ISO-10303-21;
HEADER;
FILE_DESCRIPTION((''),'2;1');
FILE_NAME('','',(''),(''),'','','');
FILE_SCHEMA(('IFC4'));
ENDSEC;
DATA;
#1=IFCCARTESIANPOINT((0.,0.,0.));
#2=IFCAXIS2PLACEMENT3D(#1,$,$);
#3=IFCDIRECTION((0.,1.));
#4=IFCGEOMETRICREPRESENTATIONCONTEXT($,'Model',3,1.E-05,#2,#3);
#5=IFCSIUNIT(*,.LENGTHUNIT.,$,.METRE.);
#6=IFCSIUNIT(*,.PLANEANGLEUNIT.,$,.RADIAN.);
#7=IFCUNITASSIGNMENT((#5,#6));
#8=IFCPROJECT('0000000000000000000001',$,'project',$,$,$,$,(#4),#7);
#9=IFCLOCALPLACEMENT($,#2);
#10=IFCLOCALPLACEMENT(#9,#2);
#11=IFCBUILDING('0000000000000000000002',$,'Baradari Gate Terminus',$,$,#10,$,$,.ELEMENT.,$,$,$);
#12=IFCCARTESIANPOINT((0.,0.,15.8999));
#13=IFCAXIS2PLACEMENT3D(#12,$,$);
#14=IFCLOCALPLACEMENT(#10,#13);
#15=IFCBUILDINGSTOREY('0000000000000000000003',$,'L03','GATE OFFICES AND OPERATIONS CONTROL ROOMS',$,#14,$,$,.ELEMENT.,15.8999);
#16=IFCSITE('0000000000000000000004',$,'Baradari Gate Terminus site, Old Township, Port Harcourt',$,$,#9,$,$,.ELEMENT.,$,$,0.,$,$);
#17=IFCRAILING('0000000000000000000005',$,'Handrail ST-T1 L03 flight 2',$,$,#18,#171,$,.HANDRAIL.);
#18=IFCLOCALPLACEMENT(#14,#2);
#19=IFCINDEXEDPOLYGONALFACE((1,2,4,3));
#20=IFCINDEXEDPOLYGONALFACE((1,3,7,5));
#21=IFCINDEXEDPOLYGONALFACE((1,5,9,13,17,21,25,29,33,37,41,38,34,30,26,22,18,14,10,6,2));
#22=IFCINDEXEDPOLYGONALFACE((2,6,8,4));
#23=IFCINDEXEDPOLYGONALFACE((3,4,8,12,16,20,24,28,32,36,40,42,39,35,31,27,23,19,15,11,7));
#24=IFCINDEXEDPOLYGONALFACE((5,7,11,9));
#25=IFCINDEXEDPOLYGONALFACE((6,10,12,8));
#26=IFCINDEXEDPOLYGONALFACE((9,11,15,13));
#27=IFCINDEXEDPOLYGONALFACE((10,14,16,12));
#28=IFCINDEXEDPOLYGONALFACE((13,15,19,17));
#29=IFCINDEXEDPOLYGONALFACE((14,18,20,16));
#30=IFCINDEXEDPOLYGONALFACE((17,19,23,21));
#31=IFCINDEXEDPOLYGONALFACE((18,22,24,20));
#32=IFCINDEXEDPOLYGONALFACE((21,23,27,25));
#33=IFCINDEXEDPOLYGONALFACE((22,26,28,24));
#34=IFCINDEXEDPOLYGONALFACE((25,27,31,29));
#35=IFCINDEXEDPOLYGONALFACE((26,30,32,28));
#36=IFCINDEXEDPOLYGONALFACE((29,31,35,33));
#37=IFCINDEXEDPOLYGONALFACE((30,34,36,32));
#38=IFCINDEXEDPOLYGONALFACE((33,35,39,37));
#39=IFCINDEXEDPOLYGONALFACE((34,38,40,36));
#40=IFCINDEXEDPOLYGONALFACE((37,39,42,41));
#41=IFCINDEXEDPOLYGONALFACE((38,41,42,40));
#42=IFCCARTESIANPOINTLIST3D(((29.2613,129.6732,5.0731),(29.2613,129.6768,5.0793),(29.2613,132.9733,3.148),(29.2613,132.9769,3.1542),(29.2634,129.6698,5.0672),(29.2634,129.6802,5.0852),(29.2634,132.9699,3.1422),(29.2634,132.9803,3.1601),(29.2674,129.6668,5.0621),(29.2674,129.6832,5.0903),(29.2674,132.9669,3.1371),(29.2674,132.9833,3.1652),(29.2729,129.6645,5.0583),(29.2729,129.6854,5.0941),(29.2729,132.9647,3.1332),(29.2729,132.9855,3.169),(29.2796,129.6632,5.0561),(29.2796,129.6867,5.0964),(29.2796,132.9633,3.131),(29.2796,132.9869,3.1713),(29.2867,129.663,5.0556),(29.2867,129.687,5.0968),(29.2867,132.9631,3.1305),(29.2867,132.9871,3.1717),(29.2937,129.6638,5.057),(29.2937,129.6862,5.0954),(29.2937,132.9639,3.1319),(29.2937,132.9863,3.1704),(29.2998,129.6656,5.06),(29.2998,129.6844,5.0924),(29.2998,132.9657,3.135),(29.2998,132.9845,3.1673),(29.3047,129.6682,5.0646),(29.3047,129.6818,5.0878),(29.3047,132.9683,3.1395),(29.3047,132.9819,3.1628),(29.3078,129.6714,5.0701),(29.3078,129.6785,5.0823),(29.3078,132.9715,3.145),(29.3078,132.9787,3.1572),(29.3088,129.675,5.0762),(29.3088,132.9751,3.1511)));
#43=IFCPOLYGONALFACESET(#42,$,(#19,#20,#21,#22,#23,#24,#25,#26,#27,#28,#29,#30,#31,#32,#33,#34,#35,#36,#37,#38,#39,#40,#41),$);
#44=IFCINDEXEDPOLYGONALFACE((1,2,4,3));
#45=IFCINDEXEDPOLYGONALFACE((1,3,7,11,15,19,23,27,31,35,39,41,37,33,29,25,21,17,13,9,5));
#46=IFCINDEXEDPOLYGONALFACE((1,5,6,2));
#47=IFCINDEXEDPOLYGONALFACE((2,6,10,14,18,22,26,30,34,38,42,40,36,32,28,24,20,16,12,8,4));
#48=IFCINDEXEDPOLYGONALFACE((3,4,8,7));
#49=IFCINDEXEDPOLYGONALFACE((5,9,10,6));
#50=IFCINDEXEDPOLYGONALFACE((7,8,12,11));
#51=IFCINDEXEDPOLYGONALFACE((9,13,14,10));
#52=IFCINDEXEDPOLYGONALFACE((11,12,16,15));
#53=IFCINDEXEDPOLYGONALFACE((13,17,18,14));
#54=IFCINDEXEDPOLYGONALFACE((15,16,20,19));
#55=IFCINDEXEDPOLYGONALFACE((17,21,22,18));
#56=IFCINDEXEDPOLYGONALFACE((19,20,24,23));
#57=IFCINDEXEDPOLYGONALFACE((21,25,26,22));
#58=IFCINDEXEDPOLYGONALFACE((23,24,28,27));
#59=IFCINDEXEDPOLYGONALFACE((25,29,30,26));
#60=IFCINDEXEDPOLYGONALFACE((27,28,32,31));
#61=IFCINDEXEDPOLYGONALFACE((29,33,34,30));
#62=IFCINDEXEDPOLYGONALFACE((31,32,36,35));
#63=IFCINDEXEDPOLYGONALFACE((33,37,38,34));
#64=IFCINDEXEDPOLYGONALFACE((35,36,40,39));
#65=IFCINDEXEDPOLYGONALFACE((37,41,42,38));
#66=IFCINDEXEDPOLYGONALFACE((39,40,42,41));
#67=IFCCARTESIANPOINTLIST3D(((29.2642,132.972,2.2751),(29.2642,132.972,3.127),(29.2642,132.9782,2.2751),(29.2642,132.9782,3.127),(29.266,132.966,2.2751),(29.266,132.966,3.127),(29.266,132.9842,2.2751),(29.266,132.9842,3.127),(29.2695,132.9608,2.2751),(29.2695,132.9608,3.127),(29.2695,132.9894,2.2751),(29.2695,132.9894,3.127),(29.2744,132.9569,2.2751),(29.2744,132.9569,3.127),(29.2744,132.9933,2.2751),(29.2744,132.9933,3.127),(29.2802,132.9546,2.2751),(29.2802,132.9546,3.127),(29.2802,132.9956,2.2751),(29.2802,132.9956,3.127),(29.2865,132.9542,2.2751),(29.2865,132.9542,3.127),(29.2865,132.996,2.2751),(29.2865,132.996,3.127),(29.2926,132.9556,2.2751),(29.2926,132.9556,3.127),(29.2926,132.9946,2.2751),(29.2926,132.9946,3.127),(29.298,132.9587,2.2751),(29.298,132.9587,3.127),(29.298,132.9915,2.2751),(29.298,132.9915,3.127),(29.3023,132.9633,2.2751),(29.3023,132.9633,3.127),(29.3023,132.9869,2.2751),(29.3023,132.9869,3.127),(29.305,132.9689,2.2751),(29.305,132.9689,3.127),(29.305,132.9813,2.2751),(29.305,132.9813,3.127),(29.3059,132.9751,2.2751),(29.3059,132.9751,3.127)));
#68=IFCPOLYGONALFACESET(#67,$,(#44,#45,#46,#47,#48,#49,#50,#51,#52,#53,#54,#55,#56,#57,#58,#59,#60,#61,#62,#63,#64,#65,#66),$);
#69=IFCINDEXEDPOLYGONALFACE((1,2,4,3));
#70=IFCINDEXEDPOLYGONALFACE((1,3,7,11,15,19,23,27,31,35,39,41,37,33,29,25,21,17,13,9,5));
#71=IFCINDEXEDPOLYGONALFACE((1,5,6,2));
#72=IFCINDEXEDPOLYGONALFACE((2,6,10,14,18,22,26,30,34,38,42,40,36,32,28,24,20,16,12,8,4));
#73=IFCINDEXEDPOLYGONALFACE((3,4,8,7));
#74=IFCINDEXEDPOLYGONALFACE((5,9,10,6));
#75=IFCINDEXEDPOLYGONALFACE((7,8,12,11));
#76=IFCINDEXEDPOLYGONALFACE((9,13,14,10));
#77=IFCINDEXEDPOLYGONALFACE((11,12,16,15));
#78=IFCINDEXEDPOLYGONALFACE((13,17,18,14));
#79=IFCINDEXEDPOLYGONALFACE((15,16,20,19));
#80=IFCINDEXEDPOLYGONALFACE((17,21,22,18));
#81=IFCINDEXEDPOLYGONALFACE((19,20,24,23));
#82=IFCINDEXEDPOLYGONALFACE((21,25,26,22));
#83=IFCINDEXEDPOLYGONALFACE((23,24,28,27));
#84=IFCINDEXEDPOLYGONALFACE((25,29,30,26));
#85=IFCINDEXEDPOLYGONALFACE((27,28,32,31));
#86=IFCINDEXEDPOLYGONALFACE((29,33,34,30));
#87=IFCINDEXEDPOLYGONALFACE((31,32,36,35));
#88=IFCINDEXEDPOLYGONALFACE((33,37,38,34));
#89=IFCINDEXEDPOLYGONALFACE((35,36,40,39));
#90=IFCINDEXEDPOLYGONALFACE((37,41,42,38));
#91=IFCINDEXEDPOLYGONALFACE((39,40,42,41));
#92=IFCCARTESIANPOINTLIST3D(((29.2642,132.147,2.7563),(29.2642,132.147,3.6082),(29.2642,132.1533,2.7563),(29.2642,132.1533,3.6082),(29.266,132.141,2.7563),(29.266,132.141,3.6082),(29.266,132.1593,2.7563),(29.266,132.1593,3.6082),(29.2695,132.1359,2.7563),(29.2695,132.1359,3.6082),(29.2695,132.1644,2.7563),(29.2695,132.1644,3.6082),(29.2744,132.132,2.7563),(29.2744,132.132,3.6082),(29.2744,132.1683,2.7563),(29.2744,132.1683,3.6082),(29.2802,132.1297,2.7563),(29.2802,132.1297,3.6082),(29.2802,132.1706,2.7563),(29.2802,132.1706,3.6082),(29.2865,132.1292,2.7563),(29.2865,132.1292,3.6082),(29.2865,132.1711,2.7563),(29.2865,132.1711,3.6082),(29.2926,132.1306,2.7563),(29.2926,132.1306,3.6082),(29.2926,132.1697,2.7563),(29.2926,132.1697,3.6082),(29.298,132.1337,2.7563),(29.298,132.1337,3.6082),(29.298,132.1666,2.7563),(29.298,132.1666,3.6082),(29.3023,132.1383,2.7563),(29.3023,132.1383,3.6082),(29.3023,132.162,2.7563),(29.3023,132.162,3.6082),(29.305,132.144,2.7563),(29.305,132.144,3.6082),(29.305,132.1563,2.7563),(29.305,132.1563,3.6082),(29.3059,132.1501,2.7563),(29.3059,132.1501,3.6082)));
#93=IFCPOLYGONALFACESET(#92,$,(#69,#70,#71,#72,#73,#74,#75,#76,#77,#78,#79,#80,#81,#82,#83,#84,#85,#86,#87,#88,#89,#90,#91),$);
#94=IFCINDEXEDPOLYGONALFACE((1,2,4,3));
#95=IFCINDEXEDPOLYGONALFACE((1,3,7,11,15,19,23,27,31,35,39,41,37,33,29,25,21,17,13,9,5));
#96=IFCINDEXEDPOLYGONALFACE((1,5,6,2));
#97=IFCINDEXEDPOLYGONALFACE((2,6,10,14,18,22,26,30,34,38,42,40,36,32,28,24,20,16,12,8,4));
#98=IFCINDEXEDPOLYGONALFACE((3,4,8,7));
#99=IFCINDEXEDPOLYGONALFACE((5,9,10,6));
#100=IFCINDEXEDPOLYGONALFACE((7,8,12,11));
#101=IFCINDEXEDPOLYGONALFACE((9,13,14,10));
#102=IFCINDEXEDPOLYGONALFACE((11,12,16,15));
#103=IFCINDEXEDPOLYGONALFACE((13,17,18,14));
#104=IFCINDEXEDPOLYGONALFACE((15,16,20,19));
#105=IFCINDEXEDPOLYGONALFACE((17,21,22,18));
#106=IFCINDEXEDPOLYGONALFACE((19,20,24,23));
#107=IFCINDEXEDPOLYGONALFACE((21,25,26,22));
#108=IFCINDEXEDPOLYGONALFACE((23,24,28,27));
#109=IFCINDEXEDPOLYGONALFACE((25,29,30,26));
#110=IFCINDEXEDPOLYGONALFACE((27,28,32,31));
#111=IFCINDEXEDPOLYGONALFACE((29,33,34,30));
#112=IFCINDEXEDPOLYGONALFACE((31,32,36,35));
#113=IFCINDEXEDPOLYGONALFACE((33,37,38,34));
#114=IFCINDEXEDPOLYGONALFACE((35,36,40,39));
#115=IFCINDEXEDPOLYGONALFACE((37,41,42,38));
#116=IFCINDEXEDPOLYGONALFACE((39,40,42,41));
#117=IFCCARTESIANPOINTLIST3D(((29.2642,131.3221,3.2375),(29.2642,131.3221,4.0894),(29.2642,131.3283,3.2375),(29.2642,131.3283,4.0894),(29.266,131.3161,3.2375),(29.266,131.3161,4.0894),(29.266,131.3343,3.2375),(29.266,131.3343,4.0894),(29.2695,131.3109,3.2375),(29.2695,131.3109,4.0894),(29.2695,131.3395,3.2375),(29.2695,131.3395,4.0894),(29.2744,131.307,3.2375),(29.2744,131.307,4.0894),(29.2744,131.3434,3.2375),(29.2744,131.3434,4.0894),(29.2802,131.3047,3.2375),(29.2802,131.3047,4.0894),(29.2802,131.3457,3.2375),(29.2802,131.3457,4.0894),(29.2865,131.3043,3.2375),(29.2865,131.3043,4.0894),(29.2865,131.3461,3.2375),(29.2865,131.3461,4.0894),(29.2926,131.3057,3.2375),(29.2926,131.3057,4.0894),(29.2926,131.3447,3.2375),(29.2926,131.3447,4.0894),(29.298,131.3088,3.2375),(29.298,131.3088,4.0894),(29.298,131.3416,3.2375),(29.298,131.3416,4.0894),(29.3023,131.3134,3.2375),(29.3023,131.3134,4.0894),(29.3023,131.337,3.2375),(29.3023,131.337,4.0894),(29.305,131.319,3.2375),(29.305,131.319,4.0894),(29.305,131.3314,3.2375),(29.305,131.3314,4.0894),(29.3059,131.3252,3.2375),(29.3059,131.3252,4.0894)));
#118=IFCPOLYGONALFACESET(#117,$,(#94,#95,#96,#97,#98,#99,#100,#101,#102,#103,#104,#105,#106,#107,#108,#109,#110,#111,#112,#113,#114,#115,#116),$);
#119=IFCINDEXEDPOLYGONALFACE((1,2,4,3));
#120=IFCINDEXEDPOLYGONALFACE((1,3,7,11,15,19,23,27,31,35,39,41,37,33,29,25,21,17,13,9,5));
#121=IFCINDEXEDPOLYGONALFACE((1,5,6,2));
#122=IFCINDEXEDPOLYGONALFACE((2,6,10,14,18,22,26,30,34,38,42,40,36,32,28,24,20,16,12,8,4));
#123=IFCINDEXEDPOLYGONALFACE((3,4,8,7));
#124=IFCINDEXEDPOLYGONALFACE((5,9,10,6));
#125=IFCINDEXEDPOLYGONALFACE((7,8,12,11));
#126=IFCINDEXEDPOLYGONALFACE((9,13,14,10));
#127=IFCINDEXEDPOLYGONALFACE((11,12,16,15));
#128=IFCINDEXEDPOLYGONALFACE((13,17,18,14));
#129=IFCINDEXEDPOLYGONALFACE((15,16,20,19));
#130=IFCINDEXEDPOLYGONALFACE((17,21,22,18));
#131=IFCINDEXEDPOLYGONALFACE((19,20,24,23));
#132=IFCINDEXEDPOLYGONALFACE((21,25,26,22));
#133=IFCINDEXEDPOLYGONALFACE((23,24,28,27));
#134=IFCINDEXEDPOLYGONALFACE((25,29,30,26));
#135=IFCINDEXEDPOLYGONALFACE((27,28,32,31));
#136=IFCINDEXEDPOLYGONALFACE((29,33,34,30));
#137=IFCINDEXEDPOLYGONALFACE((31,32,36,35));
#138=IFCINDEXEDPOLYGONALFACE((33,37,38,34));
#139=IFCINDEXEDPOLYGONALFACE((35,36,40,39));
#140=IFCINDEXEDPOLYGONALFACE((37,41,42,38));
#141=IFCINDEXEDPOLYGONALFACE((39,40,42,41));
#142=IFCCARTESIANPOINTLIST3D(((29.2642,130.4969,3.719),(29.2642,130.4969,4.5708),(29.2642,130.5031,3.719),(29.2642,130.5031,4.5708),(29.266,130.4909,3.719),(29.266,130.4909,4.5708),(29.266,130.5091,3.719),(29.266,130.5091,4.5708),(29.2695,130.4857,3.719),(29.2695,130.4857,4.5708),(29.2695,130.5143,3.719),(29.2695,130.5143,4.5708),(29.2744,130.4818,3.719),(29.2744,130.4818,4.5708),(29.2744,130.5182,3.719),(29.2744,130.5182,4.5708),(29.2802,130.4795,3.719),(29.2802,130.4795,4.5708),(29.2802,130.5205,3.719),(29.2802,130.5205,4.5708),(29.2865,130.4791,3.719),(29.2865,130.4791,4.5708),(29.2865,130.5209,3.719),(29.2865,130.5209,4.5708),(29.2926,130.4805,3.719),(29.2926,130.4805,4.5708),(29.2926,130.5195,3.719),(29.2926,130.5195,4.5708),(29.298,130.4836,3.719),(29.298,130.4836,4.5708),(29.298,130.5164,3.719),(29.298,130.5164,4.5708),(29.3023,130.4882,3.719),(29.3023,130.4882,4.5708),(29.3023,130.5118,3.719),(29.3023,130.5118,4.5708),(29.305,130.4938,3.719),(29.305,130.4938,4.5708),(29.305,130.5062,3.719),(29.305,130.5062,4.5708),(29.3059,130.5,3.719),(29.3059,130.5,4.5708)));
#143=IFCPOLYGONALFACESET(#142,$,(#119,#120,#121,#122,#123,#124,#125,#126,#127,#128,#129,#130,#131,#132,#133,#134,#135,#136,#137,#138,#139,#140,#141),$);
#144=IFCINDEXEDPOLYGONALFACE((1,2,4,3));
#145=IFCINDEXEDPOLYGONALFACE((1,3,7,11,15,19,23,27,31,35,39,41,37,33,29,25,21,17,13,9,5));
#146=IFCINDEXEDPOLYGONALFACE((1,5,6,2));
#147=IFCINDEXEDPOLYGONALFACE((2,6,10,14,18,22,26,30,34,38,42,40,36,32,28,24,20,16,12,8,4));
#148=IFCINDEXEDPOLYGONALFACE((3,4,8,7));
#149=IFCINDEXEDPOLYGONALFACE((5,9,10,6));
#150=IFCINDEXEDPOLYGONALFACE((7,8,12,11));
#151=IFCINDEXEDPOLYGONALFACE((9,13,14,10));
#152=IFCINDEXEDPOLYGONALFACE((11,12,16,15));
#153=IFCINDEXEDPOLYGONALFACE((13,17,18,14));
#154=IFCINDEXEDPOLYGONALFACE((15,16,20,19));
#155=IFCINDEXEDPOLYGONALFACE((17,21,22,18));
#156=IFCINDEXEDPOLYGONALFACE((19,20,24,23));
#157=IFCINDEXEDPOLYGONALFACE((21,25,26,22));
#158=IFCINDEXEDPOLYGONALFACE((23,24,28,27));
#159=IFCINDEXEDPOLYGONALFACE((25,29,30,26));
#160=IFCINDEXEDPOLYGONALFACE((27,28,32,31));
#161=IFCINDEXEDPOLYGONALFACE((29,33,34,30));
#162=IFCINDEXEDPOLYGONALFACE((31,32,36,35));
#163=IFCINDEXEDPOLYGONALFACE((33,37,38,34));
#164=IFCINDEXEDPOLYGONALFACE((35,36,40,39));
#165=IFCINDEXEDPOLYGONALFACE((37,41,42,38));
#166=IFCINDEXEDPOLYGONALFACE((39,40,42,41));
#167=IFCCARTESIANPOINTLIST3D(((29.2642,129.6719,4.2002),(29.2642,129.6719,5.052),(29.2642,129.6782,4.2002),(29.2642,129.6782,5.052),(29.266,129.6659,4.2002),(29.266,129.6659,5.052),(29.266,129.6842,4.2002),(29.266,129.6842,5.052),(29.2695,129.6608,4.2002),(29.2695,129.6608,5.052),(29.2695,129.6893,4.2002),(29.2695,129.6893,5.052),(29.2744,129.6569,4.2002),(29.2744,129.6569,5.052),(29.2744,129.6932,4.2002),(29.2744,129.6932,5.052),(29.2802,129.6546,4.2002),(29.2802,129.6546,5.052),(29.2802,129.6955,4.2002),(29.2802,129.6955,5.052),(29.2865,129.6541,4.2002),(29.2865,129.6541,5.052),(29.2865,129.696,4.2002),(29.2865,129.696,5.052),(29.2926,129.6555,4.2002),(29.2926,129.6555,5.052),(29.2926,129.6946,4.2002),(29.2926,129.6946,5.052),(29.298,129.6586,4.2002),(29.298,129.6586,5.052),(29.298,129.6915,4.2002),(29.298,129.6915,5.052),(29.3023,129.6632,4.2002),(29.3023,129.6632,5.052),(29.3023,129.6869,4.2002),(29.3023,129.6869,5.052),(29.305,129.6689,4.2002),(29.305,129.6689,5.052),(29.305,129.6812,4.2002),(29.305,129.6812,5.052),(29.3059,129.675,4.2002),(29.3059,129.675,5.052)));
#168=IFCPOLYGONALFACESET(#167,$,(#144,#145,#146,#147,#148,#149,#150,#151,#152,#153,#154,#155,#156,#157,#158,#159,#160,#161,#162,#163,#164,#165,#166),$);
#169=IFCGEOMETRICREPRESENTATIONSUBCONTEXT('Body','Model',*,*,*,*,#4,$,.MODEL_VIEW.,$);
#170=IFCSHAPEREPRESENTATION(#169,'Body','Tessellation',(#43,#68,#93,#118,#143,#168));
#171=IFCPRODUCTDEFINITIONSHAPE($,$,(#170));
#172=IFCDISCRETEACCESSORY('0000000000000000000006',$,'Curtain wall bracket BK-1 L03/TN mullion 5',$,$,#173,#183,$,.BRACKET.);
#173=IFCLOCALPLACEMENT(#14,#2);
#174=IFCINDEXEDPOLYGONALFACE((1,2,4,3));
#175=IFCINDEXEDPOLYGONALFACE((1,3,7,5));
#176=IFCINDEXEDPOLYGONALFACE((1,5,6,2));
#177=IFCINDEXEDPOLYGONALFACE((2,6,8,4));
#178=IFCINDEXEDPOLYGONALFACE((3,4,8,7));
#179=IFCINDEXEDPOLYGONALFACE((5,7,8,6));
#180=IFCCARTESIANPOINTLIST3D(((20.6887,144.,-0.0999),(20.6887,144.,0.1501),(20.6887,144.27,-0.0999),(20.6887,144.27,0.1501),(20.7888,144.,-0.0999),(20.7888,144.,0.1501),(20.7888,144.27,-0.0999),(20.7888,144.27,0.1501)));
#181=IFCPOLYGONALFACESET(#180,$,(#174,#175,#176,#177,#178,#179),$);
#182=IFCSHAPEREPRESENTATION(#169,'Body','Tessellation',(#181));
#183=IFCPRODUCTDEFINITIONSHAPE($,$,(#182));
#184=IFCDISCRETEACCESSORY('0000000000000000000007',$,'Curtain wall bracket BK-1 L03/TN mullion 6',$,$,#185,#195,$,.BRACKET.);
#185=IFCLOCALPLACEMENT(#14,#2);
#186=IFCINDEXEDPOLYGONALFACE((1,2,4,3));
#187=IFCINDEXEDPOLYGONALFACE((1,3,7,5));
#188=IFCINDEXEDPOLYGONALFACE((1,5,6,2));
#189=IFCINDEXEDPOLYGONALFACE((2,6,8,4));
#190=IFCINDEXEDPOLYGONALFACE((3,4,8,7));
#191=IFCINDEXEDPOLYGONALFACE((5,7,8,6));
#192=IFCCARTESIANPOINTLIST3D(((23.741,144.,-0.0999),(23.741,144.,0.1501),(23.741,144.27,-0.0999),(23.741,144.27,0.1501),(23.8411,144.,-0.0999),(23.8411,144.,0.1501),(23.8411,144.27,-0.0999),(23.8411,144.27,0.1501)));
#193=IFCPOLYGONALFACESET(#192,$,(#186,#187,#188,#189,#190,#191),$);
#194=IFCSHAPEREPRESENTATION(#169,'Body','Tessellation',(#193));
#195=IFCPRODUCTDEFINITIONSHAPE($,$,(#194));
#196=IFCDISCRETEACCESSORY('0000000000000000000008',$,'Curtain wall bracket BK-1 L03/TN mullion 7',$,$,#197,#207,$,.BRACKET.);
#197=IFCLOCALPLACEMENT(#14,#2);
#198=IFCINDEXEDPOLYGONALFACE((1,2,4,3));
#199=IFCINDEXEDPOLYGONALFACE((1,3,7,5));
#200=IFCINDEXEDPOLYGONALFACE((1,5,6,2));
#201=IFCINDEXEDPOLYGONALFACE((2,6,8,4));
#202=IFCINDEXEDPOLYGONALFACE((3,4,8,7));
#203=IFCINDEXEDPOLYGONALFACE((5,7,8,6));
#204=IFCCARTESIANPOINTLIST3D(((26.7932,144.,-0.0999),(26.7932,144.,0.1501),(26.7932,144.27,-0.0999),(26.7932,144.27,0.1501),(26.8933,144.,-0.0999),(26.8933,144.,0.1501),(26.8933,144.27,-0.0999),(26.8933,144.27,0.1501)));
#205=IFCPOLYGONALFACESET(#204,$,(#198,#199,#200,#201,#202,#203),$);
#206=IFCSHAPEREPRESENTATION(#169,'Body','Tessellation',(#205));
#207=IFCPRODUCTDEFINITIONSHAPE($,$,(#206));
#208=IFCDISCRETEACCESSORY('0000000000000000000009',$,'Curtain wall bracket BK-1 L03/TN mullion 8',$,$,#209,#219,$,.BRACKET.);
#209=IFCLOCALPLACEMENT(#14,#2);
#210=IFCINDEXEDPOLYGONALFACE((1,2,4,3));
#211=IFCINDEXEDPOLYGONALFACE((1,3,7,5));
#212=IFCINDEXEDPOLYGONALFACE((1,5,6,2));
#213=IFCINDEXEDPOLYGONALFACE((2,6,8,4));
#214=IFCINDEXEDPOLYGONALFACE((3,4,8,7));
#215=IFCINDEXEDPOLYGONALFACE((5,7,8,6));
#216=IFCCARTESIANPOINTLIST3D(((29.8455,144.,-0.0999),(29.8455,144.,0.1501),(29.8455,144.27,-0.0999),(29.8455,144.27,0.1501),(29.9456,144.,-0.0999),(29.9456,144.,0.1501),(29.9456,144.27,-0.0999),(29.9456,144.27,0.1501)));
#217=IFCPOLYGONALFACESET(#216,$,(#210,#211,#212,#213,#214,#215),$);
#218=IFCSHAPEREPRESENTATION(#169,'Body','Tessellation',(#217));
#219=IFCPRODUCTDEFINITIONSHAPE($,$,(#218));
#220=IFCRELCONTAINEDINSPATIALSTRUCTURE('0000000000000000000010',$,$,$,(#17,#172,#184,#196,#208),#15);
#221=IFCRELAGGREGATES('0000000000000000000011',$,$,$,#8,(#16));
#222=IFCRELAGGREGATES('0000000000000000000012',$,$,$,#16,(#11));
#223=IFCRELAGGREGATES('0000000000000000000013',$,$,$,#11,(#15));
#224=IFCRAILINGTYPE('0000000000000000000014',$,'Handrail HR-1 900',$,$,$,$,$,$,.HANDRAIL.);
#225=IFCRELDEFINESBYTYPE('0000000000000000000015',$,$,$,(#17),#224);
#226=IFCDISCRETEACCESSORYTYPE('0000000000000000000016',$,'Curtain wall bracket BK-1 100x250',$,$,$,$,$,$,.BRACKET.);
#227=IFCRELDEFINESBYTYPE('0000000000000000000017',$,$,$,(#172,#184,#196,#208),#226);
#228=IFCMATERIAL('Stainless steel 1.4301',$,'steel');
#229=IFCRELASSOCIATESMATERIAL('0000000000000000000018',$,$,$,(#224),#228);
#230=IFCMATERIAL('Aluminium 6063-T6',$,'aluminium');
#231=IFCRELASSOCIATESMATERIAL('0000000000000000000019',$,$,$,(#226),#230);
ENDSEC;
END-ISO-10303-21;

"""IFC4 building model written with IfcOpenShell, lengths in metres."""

from ifc_helpers import new_model, si_unit, direction, frame, origin, origin_2d, place, context, subcontext, project, spatial, rectangle, circle, extrude, material, type_object, element, save


model = new_model("IFC4")

# Units and contexts
model_context = context("Model", 3, precision=1e-05, world=origin(), true_north=direction((0.0, 1.0)))
body_context = subcontext(model_context, "Body", "Model", "MODEL_VIEW")
ifc_project = project(units=[si_unit("LENGTHUNIT", "METRE"), si_unit("PLANEANGLEUNIT", "RADIAN")], contexts=[model_context])

# Site, building, storey
site_placement = place(None, origin())
site = spatial("IfcSite", under=ifc_project, at=site_placement, Name="Baradari Gate Terminus site, Old Township, Port Harcourt", CompositionType="ELEMENT", RefElevation=0.0)
building_placement = place(site_placement, origin())
building = spatial("IfcBuilding", under=site, at=building_placement, Name="Baradari Gate Terminus", CompositionType="ELEMENT")
storey_placement = place(building_placement, frame((0.0, 0.0, 15.8999)))
storey = spatial("IfcBuildingStorey", under=building, at=storey_placement, Name="L03", Description="GATE OFFICES AND OPERATIONS CONTROL ROOMS", CompositionType="ELEMENT", Elevation=15.8999)

# Railing
ifc_material_1 = material(Name="Stainless steel 1.4301", Category="steel")
railing_type = type_object("IfcRailingType", Name="Handrail HR-1 900", PredefinedType="HANDRAIL", material=ifc_material_1)
railing_placement = place(storey_placement, frame((29.2849, 132.9751, 2.2751)))
element("IfcRailing", 1, at=railing_placement, inside=storey, type_object=railing_type, Name="Handrail ST-T1 L03 flight 2", PredefinedType="HANDRAIL", context=body_context, shape_type="SweptSolid", body=[
    extrude(circle(Radius=0.0239, at=origin_2d()), frame((0.0, 0.0, 0.876), z_axis=(0.0, -0.863777, 0.503875), x_axis=(1.0, 0.0, 0.0)), (0.0, 0.0, 1.0), 3.8206),
    extrude(circle(Radius=0.021, at=origin_2d()), origin(), (0.0, 0.0, 1.0), 0.8518),
    extrude(circle(Radius=0.021, at=origin_2d()), frame((0.0, -0.825, 0.4812)), (0.0, 0.0, 1.0), 0.8518),
    extrude(circle(Radius=0.021, at=origin_2d()), frame((0.0, -1.6499, 0.9624)), (0.0, 0.0, 1.0), 0.8518),
    extrude(circle(Radius=0.021, at=origin_2d()), frame((0.0, -2.4751, 1.4438)), (0.0, 0.0, 1.0), 0.8518),
    extrude(circle(Radius=0.021, at=origin_2d()), frame((0.0, -3.3, 1.925)), (0.0, 0.0, 1.0), 0.8518),
])

# Discrete accessories
ifc_material_2 = material(Name="Aluminium 6063-T6", Category="aluminium")
discrete_accessory_type = type_object("IfcDiscreteAccessoryType", Name="Curtain wall bracket BK-1 100x250", PredefinedType="BRACKET", material=ifc_material_2)
for number, where, z_axis, x_axis, name in (
    (2, (20.7388, 144.135, -0.0999), (0.0, 0.0, 1.0), (0.0, 1.0, 0.0), "Curtain wall bracket BK-1 L03/TN mullion 5"),
    (3, (23.791, 144.135, -0.0999), (0.0, 0.0, 1.0), (0.0, 1.0, 0.0), "Curtain wall bracket BK-1 L03/TN mullion 6"),
    (4, (26.8433, 144.135, -0.0999), (0.0, 0.0, 1.0), (0.0, 1.0, 0.0), "Curtain wall bracket BK-1 L03/TN mullion 7"),
    (5, (29.8955, 144.135, -0.0999), (0.0, 0.0, 1.0), (0.0, 1.0, 0.0), "Curtain wall bracket BK-1 L03/TN mullion 8"),
):
    element("IfcDiscreteAccessory", number, at=place(storey_placement, frame(where, z_axis=z_axis, x_axis=x_axis)), inside=storey, type_object=discrete_accessory_type, Name=name, PredefinedType="BRACKET", context=body_context, shape_type="SweptSolid", body=[
        extrude(rectangle(XDim=0.27, YDim=0.1001, at=origin_2d()), origin(), (0.0, 0.0, 1.0), 0.25),
    ])

save(model, "model.ifc")
